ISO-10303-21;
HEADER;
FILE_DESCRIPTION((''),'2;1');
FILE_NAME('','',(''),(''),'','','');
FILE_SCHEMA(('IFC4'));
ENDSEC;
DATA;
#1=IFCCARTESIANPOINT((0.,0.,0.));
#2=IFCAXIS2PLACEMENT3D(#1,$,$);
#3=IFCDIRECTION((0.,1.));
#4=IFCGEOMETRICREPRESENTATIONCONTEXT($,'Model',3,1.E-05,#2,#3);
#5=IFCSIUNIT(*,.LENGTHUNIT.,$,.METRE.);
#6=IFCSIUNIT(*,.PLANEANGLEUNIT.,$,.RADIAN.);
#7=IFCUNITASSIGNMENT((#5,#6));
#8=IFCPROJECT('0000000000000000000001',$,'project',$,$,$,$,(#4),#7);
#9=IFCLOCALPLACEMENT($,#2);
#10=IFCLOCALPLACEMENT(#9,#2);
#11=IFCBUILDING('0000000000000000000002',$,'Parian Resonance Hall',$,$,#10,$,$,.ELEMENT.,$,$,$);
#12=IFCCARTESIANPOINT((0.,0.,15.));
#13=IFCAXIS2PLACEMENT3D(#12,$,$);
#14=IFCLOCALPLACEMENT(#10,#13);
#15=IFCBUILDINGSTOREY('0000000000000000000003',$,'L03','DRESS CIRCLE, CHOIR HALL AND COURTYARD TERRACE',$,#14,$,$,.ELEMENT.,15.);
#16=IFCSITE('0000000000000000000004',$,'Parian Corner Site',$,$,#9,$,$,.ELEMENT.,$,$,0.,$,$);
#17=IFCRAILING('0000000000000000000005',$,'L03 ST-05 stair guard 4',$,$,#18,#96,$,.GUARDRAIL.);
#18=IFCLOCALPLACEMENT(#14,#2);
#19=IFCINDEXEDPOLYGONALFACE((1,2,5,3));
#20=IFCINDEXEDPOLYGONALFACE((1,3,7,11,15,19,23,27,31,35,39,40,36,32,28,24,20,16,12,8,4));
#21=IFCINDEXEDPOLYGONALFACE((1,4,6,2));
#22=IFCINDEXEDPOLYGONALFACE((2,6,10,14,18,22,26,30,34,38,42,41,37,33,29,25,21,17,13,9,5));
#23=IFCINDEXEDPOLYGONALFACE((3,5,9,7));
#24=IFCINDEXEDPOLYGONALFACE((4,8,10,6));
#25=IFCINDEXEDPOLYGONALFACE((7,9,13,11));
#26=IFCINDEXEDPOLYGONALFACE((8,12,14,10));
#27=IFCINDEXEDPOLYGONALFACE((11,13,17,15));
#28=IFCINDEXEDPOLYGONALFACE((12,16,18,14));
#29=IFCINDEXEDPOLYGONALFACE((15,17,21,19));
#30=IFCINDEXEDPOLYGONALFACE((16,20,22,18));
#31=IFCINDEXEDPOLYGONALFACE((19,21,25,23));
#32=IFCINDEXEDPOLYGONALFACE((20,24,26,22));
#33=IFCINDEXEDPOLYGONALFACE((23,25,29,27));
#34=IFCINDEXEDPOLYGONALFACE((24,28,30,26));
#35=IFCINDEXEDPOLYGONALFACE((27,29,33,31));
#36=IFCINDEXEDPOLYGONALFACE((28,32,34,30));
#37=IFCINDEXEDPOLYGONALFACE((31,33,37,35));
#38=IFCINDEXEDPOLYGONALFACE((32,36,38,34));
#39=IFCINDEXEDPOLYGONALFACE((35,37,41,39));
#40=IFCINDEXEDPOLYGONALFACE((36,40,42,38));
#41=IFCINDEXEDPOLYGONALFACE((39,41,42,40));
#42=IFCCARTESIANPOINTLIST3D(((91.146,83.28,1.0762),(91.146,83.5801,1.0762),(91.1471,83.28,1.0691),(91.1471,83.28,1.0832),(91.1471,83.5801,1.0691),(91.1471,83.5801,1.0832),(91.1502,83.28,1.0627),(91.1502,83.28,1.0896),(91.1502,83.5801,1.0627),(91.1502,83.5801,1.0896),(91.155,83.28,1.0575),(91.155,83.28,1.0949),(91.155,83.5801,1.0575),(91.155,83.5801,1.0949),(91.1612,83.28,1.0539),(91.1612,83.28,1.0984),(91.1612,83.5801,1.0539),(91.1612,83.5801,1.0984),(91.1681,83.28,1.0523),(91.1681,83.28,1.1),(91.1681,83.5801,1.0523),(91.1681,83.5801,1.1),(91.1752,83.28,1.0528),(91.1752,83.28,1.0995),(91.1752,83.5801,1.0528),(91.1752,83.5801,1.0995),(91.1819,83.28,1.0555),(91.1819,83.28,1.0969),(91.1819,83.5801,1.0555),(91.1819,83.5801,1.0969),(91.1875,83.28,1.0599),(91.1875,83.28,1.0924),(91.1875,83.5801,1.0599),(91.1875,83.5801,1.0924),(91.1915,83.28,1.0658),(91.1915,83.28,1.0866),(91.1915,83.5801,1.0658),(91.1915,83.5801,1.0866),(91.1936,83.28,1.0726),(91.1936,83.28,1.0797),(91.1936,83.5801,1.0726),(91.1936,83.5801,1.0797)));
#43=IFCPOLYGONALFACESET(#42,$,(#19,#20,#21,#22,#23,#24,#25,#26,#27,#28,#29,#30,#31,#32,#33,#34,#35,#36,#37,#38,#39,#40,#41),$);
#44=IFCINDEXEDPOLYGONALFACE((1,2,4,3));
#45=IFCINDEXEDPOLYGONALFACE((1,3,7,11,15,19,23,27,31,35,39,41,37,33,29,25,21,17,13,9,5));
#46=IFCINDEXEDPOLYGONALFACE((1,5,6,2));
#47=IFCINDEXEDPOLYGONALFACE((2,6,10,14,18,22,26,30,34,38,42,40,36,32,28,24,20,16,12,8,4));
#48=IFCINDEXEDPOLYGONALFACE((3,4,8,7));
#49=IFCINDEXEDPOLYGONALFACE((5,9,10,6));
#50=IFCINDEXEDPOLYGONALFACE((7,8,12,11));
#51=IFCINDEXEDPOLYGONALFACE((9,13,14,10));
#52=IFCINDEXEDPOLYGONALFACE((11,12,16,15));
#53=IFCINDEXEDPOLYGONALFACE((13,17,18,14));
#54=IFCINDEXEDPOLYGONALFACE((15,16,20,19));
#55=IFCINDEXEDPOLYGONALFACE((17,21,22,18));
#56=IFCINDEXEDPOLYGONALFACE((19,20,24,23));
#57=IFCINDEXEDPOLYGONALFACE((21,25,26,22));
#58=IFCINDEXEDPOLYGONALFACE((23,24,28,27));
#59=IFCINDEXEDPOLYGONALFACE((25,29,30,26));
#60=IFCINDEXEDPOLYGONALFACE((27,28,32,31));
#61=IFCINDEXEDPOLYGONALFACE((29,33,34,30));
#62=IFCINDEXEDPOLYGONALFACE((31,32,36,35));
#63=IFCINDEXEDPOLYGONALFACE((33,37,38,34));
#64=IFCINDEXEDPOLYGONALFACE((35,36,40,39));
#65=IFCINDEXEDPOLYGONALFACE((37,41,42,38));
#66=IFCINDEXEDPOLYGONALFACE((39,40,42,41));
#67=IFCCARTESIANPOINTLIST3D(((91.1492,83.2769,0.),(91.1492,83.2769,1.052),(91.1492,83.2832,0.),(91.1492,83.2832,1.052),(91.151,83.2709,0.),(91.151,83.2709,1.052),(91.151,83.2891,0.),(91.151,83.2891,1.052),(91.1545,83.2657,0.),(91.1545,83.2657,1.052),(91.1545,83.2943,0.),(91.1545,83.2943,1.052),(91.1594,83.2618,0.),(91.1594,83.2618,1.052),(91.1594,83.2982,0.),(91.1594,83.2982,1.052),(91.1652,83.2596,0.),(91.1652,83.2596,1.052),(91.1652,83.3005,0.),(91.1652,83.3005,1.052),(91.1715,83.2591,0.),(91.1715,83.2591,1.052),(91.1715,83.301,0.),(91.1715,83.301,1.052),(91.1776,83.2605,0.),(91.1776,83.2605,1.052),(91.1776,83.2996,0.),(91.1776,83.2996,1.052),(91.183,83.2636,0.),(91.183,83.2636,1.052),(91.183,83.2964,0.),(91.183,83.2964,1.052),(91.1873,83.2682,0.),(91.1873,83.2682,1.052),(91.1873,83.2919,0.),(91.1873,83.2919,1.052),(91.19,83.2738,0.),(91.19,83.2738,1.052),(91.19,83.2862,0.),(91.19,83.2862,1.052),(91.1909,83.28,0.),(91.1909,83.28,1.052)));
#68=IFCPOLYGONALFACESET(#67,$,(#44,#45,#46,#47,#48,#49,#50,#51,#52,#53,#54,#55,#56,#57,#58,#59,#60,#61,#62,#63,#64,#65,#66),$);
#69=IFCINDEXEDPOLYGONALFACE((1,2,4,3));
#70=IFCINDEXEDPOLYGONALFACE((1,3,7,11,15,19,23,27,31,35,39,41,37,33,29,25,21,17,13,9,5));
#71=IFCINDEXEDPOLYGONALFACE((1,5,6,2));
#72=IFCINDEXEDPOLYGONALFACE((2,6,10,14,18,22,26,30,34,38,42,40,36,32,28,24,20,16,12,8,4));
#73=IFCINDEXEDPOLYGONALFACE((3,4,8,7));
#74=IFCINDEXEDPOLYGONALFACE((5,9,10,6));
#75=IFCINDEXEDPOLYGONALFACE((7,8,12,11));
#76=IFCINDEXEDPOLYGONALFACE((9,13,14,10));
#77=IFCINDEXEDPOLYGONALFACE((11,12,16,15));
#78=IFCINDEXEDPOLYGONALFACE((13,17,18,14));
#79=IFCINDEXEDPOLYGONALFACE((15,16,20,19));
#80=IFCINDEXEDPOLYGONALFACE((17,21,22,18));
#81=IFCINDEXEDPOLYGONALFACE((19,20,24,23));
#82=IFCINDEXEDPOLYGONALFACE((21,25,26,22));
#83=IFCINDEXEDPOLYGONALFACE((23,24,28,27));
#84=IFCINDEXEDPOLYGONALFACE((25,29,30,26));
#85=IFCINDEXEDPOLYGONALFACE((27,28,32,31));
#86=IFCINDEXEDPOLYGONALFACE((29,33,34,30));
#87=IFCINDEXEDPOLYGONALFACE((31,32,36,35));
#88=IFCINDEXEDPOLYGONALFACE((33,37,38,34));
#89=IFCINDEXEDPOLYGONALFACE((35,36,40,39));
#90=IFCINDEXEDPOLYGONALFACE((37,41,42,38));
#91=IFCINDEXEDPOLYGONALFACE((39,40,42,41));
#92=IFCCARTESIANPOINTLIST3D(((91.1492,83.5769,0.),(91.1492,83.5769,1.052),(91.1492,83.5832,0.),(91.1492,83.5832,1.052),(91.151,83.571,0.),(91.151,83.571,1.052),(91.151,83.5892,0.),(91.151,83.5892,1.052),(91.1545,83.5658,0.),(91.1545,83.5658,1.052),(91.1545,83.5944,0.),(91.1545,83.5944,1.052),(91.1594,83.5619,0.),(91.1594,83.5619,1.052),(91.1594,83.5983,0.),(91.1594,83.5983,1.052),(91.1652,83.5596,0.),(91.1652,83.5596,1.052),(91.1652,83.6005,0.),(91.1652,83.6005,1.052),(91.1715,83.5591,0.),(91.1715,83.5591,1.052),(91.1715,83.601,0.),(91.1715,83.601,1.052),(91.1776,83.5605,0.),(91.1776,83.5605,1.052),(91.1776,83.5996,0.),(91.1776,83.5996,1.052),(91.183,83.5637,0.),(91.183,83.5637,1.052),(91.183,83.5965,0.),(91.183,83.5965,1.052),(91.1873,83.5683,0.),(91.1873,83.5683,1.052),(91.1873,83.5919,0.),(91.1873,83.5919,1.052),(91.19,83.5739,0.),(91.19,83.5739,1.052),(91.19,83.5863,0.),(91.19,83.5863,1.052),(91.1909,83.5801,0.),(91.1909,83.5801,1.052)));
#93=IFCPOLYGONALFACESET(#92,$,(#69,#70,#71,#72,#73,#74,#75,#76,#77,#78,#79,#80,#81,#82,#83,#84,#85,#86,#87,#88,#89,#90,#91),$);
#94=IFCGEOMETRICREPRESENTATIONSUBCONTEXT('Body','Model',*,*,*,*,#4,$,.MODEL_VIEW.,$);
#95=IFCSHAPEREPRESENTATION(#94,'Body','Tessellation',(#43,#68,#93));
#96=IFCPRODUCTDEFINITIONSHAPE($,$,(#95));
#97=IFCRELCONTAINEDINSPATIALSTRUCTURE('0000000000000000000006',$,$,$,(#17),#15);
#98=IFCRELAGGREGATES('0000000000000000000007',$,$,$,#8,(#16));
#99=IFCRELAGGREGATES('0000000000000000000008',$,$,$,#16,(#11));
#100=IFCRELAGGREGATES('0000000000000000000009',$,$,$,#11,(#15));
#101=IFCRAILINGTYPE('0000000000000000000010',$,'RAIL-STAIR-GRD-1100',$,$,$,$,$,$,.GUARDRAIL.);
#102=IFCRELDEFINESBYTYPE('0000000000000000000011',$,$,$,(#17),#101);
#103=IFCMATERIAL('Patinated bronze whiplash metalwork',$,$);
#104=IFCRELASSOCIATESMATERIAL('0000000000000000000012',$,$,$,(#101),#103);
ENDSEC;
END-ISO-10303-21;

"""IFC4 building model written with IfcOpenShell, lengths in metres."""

from ifc_helpers import new_model, si_unit, direction, frame, origin, origin_2d, place, context, subcontext, project, spatial, circle, extrude, material, type_object, element, save


model = new_model("IFC4")

# Units and contexts
model_context = context("Model", 3, precision=1e-05, world=origin(), true_north=direction((0.0, 1.0)))
body_context = subcontext(model_context, "Body", "Model", "MODEL_VIEW")
ifc_project = project(units=[si_unit("LENGTHUNIT", "METRE"), si_unit("PLANEANGLEUNIT", "RADIAN")], contexts=[model_context])

# Site, building, storey
site_placement = place(None, origin())
site = spatial("IfcSite", under=ifc_project, at=site_placement, Name="Parian Corner Site", CompositionType="ELEMENT", RefElevation=0.0)
building_placement = place(site_placement, origin())
building = spatial("IfcBuilding", under=site, at=building_placement, Name="Parian Resonance Hall", CompositionType="ELEMENT")
storey_placement = place(building_placement, frame((0.0, 0.0, 15.0)))
storey = spatial("IfcBuildingStorey", under=building, at=storey_placement, Name="L03", Description="DRESS CIRCLE, CHOIR HALL AND COURTYARD TERRACE", CompositionType="ELEMENT", Elevation=15.0)

# Railing
ifc_material_1 = material(Name="Patinated bronze whiplash metalwork")
railing_type_1 = type_object("IfcRailingType", Name="RAIL-STAIR-GRD-1100", PredefinedType="GUARDRAIL", material=ifc_material_1)
railing_1_placement = place(storey_placement, frame((91.1699, 83.28, 0.0)))
element("IfcRailing", 1, at=railing_1_placement, inside=storey, type_object=railing_type_1, Name="L03 ST-05 stair guard 4", PredefinedType="GUARDRAIL", context=body_context, shape_type="SweptSolid", body=[
    extrude(circle(Radius=0.0239, at=origin_2d()), frame((0.0, 0.0, 1.0762), z_axis=(0.0, 1.0, 0.0), x_axis=(-1.0, 0.0, 0.0)), (0.0, 0.0, 1.0), 0.3),
    extrude(circle(Radius=0.021, at=origin_2d()), origin(), (0.0, 0.0, 1.0), 1.052),
    extrude(circle(Radius=0.021, at=origin_2d()), frame((0.0, 0.3, 0.0)), (0.0, 0.0, 1.0), 1.052),
])

save(model, "model.ifc")
